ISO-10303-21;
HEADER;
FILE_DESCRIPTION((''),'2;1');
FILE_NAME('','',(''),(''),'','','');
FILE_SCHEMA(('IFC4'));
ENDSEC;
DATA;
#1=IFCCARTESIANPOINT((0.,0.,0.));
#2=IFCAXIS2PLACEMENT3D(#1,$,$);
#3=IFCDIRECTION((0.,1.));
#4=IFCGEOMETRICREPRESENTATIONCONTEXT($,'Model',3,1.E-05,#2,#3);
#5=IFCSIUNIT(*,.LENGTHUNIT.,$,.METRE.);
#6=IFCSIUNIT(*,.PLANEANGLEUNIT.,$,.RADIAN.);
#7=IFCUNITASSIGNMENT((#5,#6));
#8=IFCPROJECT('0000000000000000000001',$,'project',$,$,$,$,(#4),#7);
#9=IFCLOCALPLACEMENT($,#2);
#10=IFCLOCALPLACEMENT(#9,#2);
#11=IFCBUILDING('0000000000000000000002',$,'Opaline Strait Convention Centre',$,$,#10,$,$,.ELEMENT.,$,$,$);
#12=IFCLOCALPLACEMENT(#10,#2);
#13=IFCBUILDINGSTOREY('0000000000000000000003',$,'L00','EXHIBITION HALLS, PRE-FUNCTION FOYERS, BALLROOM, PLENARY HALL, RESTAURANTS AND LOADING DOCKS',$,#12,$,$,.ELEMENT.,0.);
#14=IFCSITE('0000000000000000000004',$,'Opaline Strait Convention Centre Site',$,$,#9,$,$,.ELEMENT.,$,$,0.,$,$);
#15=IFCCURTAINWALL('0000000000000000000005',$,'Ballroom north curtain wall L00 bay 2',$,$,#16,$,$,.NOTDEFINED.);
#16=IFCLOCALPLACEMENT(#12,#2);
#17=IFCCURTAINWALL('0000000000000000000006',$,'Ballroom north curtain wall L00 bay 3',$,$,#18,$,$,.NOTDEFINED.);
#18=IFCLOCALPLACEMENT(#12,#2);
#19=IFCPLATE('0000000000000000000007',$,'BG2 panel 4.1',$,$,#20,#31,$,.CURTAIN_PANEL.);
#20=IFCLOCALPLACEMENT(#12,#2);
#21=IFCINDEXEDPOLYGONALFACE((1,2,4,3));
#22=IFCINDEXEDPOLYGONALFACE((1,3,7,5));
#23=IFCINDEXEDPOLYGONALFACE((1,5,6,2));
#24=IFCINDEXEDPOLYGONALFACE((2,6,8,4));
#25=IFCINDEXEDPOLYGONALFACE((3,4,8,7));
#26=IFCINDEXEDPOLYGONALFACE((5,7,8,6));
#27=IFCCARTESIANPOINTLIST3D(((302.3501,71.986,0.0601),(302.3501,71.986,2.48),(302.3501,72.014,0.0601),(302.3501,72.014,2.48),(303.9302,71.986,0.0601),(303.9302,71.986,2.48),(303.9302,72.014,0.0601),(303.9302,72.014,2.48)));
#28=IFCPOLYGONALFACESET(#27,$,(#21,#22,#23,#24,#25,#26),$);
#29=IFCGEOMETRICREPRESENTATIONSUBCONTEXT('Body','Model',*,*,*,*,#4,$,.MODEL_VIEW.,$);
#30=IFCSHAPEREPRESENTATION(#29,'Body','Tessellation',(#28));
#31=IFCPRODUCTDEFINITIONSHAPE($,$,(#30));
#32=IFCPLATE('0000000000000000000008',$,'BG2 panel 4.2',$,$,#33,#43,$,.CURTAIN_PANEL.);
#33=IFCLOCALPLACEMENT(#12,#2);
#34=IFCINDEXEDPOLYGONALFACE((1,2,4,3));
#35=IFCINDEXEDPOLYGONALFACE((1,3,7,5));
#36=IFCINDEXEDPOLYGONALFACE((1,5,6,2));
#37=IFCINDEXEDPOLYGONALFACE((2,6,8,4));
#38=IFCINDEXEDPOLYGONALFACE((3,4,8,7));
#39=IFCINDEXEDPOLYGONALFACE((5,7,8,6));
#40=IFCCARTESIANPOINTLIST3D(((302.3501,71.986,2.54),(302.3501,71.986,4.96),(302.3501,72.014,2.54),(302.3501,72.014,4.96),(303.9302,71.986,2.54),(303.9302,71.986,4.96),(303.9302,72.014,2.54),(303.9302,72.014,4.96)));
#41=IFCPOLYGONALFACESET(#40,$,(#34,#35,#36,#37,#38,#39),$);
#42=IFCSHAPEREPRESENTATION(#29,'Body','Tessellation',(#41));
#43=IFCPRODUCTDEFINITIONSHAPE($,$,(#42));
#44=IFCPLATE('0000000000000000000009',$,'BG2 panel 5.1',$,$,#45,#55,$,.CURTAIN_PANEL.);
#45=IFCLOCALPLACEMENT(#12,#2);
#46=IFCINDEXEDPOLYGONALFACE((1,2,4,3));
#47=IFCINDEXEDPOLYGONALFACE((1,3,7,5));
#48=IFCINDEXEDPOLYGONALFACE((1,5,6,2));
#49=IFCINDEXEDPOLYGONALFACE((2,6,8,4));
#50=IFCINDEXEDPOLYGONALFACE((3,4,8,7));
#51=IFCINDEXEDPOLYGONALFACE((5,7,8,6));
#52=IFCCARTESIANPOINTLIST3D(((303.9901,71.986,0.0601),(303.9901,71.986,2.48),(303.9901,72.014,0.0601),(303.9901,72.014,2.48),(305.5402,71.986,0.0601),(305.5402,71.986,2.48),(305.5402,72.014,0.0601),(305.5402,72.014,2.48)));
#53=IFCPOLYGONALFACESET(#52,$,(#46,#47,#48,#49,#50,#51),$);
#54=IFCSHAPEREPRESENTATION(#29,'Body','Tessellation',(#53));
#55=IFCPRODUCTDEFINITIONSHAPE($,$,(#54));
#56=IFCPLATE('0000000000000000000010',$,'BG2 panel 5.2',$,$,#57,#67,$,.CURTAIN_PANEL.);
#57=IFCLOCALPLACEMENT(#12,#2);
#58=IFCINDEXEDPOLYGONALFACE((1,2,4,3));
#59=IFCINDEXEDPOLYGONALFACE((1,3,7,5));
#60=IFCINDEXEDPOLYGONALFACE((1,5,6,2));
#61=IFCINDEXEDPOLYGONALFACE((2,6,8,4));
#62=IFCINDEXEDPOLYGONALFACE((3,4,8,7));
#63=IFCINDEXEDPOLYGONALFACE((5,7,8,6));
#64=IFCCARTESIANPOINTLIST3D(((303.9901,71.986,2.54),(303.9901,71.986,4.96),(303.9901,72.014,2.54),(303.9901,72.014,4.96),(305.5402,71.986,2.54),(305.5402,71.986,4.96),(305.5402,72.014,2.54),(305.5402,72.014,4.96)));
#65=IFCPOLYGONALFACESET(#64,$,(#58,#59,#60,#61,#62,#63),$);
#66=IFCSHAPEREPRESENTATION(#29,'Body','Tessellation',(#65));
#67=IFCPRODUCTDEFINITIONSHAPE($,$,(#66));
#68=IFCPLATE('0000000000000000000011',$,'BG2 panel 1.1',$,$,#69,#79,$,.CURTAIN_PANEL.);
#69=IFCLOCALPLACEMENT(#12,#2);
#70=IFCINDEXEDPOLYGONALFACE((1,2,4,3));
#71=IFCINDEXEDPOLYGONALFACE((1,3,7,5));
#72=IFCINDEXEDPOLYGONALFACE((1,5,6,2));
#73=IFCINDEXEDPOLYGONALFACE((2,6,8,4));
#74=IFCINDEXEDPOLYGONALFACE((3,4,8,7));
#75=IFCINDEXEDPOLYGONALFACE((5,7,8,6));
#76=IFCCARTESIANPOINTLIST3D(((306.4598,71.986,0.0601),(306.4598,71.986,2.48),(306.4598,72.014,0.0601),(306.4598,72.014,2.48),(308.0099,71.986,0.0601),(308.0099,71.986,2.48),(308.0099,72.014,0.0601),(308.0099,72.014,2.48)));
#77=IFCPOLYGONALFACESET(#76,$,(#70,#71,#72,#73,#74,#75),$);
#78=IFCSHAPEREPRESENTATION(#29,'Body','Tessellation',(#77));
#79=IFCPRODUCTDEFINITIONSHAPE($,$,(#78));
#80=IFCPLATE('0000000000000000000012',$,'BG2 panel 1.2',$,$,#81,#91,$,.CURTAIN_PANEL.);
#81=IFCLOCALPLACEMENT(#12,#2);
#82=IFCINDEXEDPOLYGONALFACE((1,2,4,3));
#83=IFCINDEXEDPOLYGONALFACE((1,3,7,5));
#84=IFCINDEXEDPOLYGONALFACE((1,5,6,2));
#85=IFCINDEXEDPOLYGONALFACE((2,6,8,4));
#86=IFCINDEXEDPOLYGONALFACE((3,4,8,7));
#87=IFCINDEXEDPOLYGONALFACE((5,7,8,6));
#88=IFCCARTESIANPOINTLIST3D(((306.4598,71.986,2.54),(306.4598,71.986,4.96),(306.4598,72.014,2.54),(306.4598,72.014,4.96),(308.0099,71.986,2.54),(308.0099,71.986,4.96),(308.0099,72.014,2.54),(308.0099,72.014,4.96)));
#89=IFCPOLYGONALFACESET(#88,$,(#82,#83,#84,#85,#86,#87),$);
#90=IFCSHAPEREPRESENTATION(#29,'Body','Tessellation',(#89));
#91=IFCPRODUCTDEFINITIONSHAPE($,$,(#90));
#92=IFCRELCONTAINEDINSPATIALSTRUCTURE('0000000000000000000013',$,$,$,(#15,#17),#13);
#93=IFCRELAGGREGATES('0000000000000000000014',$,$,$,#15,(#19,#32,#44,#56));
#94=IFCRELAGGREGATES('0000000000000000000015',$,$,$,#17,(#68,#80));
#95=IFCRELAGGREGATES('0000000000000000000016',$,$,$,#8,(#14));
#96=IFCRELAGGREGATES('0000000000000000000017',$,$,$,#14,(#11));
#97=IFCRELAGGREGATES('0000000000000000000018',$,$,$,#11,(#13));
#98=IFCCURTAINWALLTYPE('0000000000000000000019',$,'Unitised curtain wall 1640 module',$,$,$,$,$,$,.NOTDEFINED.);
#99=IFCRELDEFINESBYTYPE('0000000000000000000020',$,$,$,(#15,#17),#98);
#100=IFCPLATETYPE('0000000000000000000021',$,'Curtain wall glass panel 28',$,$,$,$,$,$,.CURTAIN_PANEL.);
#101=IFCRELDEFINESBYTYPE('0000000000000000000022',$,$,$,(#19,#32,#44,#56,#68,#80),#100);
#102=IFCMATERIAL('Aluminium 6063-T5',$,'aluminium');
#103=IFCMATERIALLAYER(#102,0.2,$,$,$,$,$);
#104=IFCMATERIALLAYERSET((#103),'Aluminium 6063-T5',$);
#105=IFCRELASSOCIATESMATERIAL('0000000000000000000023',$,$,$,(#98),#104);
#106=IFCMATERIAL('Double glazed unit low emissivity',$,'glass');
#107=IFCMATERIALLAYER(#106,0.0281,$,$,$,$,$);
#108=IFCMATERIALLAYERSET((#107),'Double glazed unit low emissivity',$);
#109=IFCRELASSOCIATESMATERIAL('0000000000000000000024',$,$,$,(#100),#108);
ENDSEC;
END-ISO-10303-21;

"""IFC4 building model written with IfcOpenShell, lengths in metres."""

from ifc_helpers import new_model, si_unit, direction, frame, origin, origin_2d, place, context, subcontext, project, spatial, rectangle, extrude, material, layer, layer_set, type_object, element, aggregate, save


model = new_model("IFC4")

# Units and contexts
model_context = context("Model", 3, precision=1e-05, world=origin(), true_north=direction((0.0, 1.0)))
body_context = subcontext(model_context, "Body", "Model", "MODEL_VIEW")
ifc_project = project(units=[si_unit("LENGTHUNIT", "METRE"), si_unit("PLANEANGLEUNIT", "RADIAN")], contexts=[model_context])

# Site, building, storey
site_placement = place(None, origin())
site = spatial("IfcSite", under=ifc_project, at=site_placement, Name="Opaline Strait Convention Centre Site", CompositionType="ELEMENT", RefElevation=0.0)
building_placement = place(site_placement, origin())
building = spatial("IfcBuilding", under=site, at=building_placement, Name="Opaline Strait Convention Centre", CompositionType="ELEMENT")
storey_placement = place(building_placement, origin())
storey = spatial("IfcBuildingStorey", under=building, at=storey_placement, Name="L00", Description="EXHIBITION HALLS, PRE-FUNCTION FOYERS, BALLROOM, PLENARY HALL, RESTAURANTS AND LOADING DOCKS", CompositionType="ELEMENT", Elevation=0.0)

# Curtain walls
ifc_material_1 = material(Name="Aluminium 6063-T5", Category="aluminium")
ifc_layer_1 = layer(ifc_material_1, 0.2)
ifc_layer_set_1 = layer_set([ifc_layer_1], Name="Aluminium 6063-T5")
curtain_wall_type = type_object("IfcCurtainWallType", Name="Unitised curtain wall 1640 module", PredefinedType="NOTDEFINED", material=ifc_layer_set_1)
curtain_wall_1_placement = place(storey_placement, origin())
curtain_wall_1 = element("IfcCurtainWall", 1, at=curtain_wall_1_placement, inside=storey, type_object=curtain_wall_type, Name="Ballroom north curtain wall L00 bay 2", PredefinedType="NOTDEFINED")
curtain_wall_2_placement = place(storey_placement, origin())
curtain_wall_2 = element("IfcCurtainWall", 2, at=curtain_wall_2_placement, inside=storey, type_object=curtain_wall_type, Name="Ballroom north curtain wall L00 bay 3", PredefinedType="NOTDEFINED")

# Plates
ifc_material_2 = material(Name="Double glazed unit low emissivity", Category="glass")
ifc_layer_2 = layer(ifc_material_2, 0.0281)
ifc_layer_set_2 = layer_set([ifc_layer_2], Name="Double glazed unit low emissivity")
plate_type = type_object("IfcPlateType", Name="Curtain wall glass panel 28", PredefinedType="CURTAIN_PANEL", material=ifc_layer_set_2)
plate_1_placement = place(storey_placement, frame((303.1401, 72.0, 0.0601), z_axis=(0.0, 0.0, 1.0), x_axis=(1.0, 0.0, 0.0)))
plate_1 = element("IfcPlate", 3, at=plate_1_placement, type_object=plate_type, Name="BG2 panel 4.1", PredefinedType="CURTAIN_PANEL", context=body_context, shape_type="SweptSolid", body=[
    extrude(rectangle(XDim=1.5801, YDim=0.0281, at=origin_2d()), origin(), (0.0, 0.0, 1.0), 2.4199),
])
plate_2_placement = place(storey_placement, frame((303.1401, 72.0, 2.54), z_axis=(0.0, 0.0, 1.0), x_axis=(1.0, 0.0, 0.0)))
plate_2 = element("IfcPlate", 4, at=plate_2_placement, type_object=plate_type, Name="BG2 panel 4.2", PredefinedType="CURTAIN_PANEL", context=body_context, shape_type="SweptSolid", body=[
    extrude(rectangle(XDim=1.5801, YDim=0.0281, at=origin_2d()), origin(), (0.0, 0.0, 1.0), 2.4199),
])
plate_3_placement = place(storey_placement, frame((304.7651, 72.0, 0.0601), z_axis=(0.0, 0.0, 1.0), x_axis=(1.0, 0.0, 0.0)))
plate_3 = element("IfcPlate", 5, at=plate_3_placement, type_object=plate_type, Name="BG2 panel 5.1", PredefinedType="CURTAIN_PANEL", context=body_context, shape_type="SweptSolid", body=[
    extrude(rectangle(XDim=1.55, YDim=0.0281, at=origin_2d()), origin(), (0.0, 0.0, 1.0), 2.4199),
])
plate_4_placement = place(storey_placement, frame((304.7651, 72.0, 2.54), z_axis=(0.0, 0.0, 1.0), x_axis=(1.0, 0.0, 0.0)))
plate_4 = element("IfcPlate", 6, at=plate_4_placement, type_object=plate_type, Name="BG2 panel 5.2", PredefinedType="CURTAIN_PANEL", context=body_context, shape_type="SweptSolid", body=[
    extrude(rectangle(XDim=1.55, YDim=0.0281, at=origin_2d()), origin(), (0.0, 0.0, 1.0), 2.4199),
])
aggregate(curtain_wall_1, [plate_1, plate_2, plate_3, plate_4])
plate_5_placement = place(storey_placement, frame((307.2349, 72.0, 0.0601), z_axis=(0.0, 0.0, 1.0), x_axis=(1.0, 0.0, 0.0)))
plate_5 = element("IfcPlate", 7, at=plate_5_placement, type_object=plate_type, Name="BG2 panel 1.1", PredefinedType="CURTAIN_PANEL", context=body_context, shape_type="SweptSolid", body=[
    extrude(rectangle(XDim=1.55, YDim=0.0281, at=origin_2d()), origin(), (0.0, 0.0, 1.0), 2.4199),
])
plate_6_placement = place(storey_placement, frame((307.2349, 72.0, 2.54), z_axis=(0.0, 0.0, 1.0), x_axis=(1.0, 0.0, 0.0)))
plate_6 = element("IfcPlate", 8, at=plate_6_placement, type_object=plate_type, Name="BG2 panel 1.2", PredefinedType="CURTAIN_PANEL", context=body_context, shape_type="SweptSolid", body=[
    extrude(rectangle(XDim=1.55, YDim=0.0281, at=origin_2d()), origin(), (0.0, 0.0, 1.0), 2.4199),
])
aggregate(curtain_wall_2, [plate_5, plate_6])

save(model, "model.ifc")
